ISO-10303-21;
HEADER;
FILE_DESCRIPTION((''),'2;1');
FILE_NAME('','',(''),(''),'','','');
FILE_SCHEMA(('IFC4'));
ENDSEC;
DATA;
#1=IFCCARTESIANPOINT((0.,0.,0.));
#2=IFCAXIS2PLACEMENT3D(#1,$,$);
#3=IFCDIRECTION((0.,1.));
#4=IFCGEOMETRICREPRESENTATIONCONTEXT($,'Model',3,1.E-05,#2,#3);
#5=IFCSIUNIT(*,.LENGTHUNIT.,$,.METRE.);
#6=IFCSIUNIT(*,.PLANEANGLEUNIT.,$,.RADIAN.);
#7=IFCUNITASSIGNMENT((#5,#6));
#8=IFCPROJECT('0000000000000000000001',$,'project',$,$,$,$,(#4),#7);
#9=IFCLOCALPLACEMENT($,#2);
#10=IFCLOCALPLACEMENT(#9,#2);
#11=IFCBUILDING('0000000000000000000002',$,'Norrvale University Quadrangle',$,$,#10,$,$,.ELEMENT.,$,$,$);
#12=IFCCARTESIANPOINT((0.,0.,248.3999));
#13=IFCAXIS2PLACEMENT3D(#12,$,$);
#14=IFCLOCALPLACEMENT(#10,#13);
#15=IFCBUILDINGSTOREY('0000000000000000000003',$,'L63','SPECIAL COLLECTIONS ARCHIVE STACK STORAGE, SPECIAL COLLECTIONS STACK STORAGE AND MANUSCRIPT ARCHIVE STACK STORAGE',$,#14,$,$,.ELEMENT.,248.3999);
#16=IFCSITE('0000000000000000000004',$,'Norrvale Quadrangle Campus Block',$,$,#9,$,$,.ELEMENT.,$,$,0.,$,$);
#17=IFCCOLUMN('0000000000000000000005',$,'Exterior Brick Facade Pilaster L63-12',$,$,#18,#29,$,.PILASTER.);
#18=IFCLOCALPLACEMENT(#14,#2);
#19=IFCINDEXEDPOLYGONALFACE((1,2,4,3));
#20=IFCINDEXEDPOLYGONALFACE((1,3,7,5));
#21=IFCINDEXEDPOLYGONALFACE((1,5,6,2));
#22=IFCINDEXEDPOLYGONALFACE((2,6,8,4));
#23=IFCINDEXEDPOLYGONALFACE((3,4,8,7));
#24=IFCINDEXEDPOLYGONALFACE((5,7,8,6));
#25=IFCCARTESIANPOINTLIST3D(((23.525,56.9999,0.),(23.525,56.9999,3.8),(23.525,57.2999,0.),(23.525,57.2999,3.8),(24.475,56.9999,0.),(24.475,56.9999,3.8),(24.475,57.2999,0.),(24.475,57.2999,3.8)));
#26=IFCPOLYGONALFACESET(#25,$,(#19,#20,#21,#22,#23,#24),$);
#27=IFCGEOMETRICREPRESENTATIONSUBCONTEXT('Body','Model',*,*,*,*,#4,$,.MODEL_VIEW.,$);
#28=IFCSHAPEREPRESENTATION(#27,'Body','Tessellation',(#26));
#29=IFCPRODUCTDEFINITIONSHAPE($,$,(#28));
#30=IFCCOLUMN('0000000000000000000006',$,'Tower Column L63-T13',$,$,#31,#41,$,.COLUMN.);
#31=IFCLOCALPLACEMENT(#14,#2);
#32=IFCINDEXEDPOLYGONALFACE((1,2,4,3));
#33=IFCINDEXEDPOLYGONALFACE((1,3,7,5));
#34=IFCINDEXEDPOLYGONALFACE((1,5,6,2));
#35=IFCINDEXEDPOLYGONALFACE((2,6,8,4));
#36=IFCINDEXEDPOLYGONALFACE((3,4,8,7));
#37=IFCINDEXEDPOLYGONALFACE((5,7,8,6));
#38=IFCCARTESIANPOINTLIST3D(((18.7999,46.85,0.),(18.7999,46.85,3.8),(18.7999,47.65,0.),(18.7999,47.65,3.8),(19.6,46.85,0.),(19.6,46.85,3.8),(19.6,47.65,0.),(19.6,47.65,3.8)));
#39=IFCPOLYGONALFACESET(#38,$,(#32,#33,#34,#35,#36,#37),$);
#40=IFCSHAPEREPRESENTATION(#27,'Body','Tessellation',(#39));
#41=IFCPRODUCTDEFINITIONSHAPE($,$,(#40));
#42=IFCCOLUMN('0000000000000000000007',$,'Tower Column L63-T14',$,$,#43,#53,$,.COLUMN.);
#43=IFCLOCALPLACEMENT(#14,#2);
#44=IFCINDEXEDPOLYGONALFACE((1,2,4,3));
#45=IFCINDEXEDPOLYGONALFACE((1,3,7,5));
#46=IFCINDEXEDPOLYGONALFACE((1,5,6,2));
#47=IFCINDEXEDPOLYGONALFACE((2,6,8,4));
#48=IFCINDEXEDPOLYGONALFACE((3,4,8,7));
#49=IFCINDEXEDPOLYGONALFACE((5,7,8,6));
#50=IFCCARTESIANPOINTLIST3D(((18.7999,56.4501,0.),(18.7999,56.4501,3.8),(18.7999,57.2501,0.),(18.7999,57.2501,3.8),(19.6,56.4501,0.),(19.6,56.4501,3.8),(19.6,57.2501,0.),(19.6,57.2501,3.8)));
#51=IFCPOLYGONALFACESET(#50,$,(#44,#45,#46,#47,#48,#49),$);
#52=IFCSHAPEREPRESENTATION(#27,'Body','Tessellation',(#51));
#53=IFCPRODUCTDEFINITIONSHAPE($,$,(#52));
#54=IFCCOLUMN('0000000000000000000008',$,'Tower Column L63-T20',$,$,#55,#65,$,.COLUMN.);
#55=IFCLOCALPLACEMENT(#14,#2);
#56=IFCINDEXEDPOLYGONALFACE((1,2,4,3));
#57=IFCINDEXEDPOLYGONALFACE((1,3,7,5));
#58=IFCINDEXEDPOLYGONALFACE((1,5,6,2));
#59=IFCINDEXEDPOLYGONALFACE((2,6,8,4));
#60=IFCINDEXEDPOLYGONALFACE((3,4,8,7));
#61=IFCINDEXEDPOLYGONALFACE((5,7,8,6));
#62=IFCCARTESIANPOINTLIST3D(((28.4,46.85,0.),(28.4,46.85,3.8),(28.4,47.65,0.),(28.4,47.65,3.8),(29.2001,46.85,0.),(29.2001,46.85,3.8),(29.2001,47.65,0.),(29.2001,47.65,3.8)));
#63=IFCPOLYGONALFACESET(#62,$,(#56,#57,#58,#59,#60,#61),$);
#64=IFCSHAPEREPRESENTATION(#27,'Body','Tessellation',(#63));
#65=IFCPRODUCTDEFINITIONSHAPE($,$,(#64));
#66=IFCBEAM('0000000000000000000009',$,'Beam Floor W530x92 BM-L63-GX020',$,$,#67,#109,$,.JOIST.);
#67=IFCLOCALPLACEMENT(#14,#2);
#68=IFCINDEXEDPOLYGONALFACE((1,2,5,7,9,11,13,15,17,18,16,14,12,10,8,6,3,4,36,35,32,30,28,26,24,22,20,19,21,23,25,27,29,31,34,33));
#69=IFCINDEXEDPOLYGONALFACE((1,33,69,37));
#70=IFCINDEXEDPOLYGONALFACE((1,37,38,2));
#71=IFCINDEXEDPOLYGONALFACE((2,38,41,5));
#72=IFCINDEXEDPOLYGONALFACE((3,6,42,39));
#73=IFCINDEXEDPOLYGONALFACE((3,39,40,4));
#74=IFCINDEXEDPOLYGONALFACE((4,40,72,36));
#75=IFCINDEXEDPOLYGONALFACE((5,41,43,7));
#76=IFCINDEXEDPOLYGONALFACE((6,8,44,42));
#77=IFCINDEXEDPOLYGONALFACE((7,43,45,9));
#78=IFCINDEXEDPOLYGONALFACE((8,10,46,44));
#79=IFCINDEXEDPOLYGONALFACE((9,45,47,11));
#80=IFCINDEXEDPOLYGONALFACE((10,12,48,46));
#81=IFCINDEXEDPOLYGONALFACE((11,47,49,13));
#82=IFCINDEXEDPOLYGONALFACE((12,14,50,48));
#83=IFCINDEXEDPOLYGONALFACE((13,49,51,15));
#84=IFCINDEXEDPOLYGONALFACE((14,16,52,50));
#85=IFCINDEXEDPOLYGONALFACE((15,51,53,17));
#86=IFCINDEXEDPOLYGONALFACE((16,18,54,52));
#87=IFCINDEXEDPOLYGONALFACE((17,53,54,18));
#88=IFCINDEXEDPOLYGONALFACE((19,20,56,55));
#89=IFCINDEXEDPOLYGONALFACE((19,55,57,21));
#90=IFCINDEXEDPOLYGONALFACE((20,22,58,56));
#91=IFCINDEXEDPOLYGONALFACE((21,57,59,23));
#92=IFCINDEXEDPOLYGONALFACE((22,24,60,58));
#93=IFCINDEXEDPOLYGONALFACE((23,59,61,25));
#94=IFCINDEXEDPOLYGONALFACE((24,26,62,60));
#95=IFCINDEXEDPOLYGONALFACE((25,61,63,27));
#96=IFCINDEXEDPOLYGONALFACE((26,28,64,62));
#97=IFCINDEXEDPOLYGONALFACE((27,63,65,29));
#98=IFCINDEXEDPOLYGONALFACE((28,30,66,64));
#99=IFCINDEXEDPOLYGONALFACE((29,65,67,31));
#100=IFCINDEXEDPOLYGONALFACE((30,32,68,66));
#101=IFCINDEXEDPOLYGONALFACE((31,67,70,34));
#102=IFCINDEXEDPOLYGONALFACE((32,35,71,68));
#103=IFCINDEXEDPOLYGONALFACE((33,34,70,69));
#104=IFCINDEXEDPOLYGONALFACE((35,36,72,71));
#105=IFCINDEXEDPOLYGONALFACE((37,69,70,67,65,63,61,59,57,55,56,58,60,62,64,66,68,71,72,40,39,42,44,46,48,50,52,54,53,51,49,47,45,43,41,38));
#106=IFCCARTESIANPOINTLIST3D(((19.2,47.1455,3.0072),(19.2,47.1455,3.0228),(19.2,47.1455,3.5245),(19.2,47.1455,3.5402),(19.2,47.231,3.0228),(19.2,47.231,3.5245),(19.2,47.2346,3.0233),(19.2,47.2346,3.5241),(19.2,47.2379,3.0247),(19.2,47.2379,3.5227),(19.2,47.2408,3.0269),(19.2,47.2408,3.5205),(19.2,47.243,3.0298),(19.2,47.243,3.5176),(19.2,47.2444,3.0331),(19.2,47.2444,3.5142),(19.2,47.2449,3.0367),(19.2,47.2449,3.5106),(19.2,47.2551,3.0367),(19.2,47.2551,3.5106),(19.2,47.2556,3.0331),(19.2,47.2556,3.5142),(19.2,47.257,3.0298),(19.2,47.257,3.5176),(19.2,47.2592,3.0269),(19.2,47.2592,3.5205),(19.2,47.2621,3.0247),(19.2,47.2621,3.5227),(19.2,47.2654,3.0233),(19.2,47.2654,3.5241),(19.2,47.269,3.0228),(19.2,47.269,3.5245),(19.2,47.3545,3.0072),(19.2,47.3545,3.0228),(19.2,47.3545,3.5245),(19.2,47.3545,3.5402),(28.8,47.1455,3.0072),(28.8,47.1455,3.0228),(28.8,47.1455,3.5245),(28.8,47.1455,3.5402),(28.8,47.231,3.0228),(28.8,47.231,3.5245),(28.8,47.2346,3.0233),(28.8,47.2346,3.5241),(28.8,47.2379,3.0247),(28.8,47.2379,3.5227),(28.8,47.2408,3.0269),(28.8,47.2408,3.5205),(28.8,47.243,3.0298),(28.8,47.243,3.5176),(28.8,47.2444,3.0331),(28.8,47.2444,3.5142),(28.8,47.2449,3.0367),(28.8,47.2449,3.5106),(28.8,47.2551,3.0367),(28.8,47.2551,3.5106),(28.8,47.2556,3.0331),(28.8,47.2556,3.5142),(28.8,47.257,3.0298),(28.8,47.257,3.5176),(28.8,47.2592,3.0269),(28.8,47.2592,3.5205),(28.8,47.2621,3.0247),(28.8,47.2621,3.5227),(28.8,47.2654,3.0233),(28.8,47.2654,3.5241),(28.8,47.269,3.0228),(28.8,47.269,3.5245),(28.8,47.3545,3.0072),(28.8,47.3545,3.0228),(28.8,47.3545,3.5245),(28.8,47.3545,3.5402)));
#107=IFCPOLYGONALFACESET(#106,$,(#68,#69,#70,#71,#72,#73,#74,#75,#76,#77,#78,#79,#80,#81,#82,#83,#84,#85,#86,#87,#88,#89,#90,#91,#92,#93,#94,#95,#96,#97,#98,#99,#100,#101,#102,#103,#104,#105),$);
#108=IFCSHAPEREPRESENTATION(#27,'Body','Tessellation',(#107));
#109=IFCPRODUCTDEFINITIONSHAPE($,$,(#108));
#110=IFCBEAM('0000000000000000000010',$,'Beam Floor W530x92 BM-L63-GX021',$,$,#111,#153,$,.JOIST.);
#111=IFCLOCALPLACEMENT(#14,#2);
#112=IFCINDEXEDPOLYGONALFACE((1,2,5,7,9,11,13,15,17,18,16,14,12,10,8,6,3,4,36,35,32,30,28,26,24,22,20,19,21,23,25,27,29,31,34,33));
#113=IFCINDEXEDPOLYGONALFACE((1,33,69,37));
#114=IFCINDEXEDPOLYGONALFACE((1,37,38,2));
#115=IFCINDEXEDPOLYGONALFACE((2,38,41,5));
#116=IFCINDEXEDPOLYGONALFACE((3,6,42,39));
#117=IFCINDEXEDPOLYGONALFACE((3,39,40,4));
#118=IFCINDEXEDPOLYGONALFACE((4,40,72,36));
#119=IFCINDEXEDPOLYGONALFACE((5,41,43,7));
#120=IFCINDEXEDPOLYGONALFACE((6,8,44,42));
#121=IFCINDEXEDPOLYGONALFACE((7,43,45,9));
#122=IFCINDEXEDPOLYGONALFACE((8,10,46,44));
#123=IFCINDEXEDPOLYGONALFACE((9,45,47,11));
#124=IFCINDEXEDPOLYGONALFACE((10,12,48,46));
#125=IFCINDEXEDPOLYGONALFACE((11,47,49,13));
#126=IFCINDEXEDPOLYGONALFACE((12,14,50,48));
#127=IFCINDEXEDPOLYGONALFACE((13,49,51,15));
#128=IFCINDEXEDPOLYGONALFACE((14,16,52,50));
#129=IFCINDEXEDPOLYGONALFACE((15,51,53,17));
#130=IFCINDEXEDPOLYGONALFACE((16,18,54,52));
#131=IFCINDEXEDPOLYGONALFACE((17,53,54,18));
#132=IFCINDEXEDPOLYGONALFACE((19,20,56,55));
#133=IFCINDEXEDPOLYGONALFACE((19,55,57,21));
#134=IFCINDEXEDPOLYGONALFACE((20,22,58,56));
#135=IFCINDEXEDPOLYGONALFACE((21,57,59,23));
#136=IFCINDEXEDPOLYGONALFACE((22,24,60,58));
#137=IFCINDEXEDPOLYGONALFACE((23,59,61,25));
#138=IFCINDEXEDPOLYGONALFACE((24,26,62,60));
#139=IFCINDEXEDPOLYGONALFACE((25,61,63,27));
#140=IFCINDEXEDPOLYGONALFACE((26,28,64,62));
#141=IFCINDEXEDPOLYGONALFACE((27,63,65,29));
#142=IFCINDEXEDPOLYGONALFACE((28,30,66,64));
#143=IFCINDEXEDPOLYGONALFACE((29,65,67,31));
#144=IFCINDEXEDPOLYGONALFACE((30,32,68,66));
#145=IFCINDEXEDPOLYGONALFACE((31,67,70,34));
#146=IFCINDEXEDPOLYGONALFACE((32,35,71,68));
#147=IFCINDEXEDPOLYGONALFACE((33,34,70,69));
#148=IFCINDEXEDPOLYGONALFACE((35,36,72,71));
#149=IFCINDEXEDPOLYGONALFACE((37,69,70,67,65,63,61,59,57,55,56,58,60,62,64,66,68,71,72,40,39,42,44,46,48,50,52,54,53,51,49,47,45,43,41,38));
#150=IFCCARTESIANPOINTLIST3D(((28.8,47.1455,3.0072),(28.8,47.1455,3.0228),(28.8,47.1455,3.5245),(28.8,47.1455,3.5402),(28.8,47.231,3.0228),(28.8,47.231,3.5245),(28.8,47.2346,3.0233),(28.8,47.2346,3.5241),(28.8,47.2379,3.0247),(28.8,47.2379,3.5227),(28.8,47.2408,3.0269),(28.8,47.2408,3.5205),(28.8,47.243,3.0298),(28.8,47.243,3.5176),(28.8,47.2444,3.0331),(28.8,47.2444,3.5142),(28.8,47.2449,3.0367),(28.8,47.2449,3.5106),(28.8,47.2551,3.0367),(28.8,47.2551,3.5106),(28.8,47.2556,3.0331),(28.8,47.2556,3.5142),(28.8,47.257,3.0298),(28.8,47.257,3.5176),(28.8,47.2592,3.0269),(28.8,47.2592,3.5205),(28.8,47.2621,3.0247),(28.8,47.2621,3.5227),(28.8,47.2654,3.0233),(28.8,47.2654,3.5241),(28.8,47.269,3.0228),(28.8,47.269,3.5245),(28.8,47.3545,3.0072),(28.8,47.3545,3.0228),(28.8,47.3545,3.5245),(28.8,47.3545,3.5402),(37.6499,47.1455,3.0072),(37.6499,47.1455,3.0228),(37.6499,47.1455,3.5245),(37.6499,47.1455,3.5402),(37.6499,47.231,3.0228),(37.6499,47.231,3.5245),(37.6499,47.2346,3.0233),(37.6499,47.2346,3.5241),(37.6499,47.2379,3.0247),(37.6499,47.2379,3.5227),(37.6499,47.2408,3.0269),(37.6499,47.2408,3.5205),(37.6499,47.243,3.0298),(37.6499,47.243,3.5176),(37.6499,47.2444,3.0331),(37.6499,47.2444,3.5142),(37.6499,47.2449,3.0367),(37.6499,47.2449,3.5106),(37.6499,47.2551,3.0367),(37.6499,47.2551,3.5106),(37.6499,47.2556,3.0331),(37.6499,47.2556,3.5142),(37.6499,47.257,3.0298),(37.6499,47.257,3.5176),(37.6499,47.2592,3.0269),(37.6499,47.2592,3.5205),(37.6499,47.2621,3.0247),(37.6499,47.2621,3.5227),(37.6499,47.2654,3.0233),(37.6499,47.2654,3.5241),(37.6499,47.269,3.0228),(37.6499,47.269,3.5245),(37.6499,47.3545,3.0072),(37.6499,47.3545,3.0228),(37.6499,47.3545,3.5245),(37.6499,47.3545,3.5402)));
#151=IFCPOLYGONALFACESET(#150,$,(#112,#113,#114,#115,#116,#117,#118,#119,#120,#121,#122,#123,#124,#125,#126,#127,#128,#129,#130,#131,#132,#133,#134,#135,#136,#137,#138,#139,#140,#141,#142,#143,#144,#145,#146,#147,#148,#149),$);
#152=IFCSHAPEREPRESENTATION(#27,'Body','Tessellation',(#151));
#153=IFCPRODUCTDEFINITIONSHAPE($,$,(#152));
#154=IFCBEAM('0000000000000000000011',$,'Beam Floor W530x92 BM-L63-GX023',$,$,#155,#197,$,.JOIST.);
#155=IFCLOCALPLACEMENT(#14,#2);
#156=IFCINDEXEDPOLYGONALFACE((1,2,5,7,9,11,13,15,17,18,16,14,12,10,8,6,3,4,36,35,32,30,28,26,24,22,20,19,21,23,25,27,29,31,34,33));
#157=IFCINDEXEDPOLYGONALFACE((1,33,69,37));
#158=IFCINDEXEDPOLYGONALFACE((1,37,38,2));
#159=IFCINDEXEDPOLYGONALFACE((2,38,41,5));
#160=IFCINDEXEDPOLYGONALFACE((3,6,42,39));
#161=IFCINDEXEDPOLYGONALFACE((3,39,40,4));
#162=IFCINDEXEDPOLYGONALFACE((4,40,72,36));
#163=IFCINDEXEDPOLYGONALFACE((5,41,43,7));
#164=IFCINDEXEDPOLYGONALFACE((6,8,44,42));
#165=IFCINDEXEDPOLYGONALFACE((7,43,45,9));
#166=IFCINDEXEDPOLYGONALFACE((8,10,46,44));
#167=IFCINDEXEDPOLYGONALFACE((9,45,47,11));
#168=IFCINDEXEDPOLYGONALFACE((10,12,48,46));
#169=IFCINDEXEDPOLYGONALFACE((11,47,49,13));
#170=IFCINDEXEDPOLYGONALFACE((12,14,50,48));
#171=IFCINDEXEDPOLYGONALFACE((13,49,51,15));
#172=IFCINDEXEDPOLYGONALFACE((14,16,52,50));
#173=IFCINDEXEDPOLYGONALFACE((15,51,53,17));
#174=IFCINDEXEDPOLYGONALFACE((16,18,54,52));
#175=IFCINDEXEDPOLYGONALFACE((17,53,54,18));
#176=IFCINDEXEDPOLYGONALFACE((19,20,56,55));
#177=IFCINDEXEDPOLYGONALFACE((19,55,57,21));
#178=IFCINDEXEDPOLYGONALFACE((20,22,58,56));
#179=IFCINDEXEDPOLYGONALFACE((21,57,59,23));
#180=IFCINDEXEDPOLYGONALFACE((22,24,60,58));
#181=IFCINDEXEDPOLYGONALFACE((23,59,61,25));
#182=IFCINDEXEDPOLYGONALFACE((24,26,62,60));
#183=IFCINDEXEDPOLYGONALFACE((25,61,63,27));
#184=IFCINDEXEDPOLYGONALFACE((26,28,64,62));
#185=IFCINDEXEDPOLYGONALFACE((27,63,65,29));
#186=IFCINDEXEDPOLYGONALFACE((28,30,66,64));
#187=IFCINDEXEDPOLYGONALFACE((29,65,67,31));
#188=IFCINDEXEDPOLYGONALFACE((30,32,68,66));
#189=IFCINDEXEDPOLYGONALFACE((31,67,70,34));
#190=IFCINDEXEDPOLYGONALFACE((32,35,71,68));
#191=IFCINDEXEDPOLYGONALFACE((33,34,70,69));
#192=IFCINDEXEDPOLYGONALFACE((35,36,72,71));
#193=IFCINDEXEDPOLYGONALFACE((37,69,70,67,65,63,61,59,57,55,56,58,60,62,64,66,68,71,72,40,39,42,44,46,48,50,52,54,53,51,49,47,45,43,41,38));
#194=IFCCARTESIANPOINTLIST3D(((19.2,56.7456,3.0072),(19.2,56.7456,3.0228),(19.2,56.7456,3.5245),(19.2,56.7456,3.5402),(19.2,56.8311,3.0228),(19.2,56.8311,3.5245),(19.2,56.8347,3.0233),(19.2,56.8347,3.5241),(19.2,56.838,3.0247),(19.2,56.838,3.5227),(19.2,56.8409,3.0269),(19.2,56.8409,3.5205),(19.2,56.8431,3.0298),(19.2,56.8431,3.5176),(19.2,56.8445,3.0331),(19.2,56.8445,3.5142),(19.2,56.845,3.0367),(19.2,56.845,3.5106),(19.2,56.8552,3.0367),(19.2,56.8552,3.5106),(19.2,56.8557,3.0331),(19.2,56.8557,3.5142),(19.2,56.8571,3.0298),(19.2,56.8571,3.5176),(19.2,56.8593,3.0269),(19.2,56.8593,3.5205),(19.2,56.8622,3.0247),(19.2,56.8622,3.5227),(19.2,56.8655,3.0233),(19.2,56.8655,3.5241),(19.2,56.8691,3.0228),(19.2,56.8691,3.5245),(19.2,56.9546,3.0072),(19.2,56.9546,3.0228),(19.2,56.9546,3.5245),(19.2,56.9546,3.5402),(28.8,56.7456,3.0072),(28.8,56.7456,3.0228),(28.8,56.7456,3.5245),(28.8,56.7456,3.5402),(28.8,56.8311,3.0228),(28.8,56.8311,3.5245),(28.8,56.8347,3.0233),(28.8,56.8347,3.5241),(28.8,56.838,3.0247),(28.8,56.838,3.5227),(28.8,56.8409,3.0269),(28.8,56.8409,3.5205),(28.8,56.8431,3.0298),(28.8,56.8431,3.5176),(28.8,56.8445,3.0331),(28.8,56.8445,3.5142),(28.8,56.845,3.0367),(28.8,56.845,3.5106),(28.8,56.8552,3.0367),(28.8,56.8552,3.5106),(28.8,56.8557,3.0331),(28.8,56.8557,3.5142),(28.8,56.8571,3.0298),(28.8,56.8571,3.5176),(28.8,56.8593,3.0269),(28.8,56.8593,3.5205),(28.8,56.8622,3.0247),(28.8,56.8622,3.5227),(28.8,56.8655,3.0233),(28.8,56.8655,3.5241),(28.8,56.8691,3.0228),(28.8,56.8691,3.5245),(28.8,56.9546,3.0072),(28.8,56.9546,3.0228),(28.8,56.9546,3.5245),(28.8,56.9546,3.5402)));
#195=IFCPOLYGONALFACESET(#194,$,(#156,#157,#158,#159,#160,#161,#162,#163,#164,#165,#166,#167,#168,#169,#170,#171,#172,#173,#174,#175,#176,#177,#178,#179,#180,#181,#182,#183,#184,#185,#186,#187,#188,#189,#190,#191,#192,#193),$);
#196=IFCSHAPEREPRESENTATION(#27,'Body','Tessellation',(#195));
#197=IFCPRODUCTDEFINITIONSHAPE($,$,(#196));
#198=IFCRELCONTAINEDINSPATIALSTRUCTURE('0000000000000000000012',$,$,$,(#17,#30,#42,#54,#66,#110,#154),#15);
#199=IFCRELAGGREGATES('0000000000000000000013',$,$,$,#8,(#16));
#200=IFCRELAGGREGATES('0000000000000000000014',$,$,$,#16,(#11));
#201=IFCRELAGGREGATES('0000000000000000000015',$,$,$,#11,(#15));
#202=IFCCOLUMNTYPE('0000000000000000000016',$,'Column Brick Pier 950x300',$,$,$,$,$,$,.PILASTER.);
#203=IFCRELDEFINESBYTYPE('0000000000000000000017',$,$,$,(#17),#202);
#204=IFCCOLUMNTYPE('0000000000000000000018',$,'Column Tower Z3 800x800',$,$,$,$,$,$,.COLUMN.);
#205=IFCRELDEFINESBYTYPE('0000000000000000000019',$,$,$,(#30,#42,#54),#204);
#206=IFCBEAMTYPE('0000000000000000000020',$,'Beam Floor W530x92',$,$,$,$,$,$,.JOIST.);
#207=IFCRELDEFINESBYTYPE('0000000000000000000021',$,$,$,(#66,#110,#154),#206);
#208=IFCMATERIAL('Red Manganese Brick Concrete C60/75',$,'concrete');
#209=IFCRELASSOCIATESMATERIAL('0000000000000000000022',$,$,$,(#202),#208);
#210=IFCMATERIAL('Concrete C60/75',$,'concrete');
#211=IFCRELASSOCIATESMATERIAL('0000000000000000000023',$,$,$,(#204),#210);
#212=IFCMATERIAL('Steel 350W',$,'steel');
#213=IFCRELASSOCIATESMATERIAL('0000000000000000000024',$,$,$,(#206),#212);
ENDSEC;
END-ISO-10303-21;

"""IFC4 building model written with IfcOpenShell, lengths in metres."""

from ifc_helpers import new_model, si_unit, direction, frame, origin, origin_2d, place, context, subcontext, project, spatial, rectangle, i_section, extrude, material, material_profile, profile_set, type_object, element, save


model = new_model("IFC4")

# Units and contexts
model_context = context("Model", 3, precision=1e-05, world=origin(), true_north=direction((0.0, 1.0)))
body_context = subcontext(model_context, "Body", "Model", "MODEL_VIEW")
ifc_project = project(units=[si_unit("LENGTHUNIT", "METRE"), si_unit("PLANEANGLEUNIT", "RADIAN")], contexts=[model_context])

# Site, building, storey
site_placement = place(None, origin())
site = spatial("IfcSite", under=ifc_project, at=site_placement, Name="Norrvale Quadrangle Campus Block", CompositionType="ELEMENT", RefElevation=0.0)
building_placement = place(site_placement, origin())
building = spatial("IfcBuilding", under=site, at=building_placement, Name="Norrvale University Quadrangle", CompositionType="ELEMENT")
storey_placement = place(building_placement, frame((0.0, 0.0, 248.3999)))
storey = spatial("IfcBuildingStorey", under=building, at=storey_placement, Name="L63", Description="SPECIAL COLLECTIONS ARCHIVE STACK STORAGE, SPECIAL COLLECTIONS STACK STORAGE AND MANUSCRIPT ARCHIVE STACK STORAGE", CompositionType="ELEMENT", Elevation=248.3999)

# Columns
ifc_material_1 = material(Name="Red Manganese Brick Concrete C60/75", Category="concrete")
ifc_material_profile_1 = material_profile(ifc_material_1, rectangle(XDim=0.95, YDim=0.3, at=origin_2d()), Name="Red Manganese Brick Concrete C60/75")
ifc_profile_set_1 = profile_set([ifc_material_profile_1], Name="Red Manganese Brick Concrete C60/75")
column_type_1 = type_object("IfcColumnType", Name="Column Brick Pier 950x300", PredefinedType="PILASTER", material=ifc_profile_set_1)
column_placement = place(storey_placement, frame((24.0, 57.1499, 0.0), z_axis=(0.0, 0.0, 1.0), x_axis=(1.0, 0.0, 0.0)))
element("IfcColumn", 1, at=column_placement, inside=storey, type_object=column_type_1, Name="Exterior Brick Facade Pilaster L63-12", PredefinedType="PILASTER", context=body_context, shape_type="SweptSolid", body=[
    extrude(rectangle(XDim=0.95, YDim=0.3, at=origin_2d()), origin(), (0.0, 0.0, 1.0), 3.8),
])
ifc_material_2 = material(Name="Concrete C60/75", Category="concrete")
ifc_material_profile_2 = material_profile(ifc_material_2, rectangle(XDim=0.8, YDim=0.8, at=origin_2d()), Name="Concrete C60/75")
ifc_profile_set_2 = profile_set([ifc_material_profile_2], Name="Concrete C60/75")
column_type_2 = type_object("IfcColumnType", Name="Column Tower Z3 800x800", PredefinedType="COLUMN", material=ifc_profile_set_2)
for number, where, z_axis, x_axis, name in (
    (2, (19.2, 47.25, 0.0), (0.0, 0.0, 1.0), (1.0, 0.0, 0.0), "Tower Column L63-T13"),
    (3, (19.2, 56.8501, 0.0), (0.0, 0.0, 1.0), (1.0, 0.0, 0.0), "Tower Column L63-T14"),
    (4, (28.8, 47.25, 0.0), (0.0, 0.0, 1.0), (1.0, 0.0, 0.0), "Tower Column L63-T20"),
):
    element("IfcColumn", number, at=place(storey_placement, frame(where, z_axis=z_axis, x_axis=x_axis)), inside=storey, type_object=column_type_2, Name=name, PredefinedType="COLUMN", context=body_context, shape_type="SweptSolid", body=[
        extrude(rectangle(XDim=0.8, YDim=0.8, at=origin_2d()), origin(), (0.0, 0.0, 1.0), 3.8),
    ])

# Beams
ifc_material_3 = material(Name="Steel 350W", Category="steel")
ifc_material_profile_3 = material_profile(ifc_material_3, i_section(OverallWidth=0.209, OverallDepth=0.533, WebThickness=0.0103, FlangeThickness=0.0156, FilletRadius=0.0139, at=origin_2d()), Name="Steel 350W")
ifc_profile_set_3 = profile_set([ifc_material_profile_3], Name="Steel 350W")
beam_type_1 = type_object("IfcBeamType", Name="Beam Floor W530x92", PredefinedType="JOIST", material=ifc_profile_set_3)
beam_1_placement = place(storey_placement, frame((19.2, 47.25, 3.2737), z_axis=(1.0, 0.0, 0.0), x_axis=(0.0, 1.0, 0.0)))
element("IfcBeam", 5, at=beam_1_placement, inside=storey, type_object=beam_type_1, Name="Beam Floor W530x92 BM-L63-GX020", PredefinedType="JOIST", context=body_context, shape_type="SweptSolid", body=[
    extrude(i_section(OverallWidth=0.209, OverallDepth=0.533, WebThickness=0.0103, FlangeThickness=0.0156, FilletRadius=0.0139, at=origin_2d()), origin(), (0.0, 0.0, 1.0), 9.6001),
])
beam_2_placement = place(storey_placement, frame((28.8, 47.25, 3.2737), z_axis=(1.0, 0.0, 0.0), x_axis=(0.0, 1.0, 0.0)))
element("IfcBeam", 6, at=beam_2_placement, inside=storey, type_object=beam_type_1, Name="Beam Floor W530x92 BM-L63-GX021", PredefinedType="JOIST", context=body_context, shape_type="SweptSolid", body=[
    extrude(i_section(OverallWidth=0.209, OverallDepth=0.533, WebThickness=0.0103, FlangeThickness=0.0156, FilletRadius=0.0139, at=origin_2d()), origin(), (0.0, 0.0, 1.0), 8.8499),
])
for number, where, z_axis, x_axis, name in (
    (7, (19.2, 56.8501, 3.2737), (1.0, 0.0, 0.0), (0.0, 1.0, 0.0), "Beam Floor W530x92 BM-L63-GX023"),
):
    element("IfcBeam", number, at=place(storey_placement, frame(where, z_axis=z_axis, x_axis=x_axis)), inside=storey, type_object=beam_type_1, Name=name, PredefinedType="JOIST", context=body_context, shape_type="SweptSolid", body=[
        extrude(i_section(OverallWidth=0.209, OverallDepth=0.533, WebThickness=0.0103, FlangeThickness=0.0156, FilletRadius=0.0139, at=origin_2d()), origin(), (0.0, 0.0, 1.0), 9.6001),
    ])

save(model, "model.ifc")
